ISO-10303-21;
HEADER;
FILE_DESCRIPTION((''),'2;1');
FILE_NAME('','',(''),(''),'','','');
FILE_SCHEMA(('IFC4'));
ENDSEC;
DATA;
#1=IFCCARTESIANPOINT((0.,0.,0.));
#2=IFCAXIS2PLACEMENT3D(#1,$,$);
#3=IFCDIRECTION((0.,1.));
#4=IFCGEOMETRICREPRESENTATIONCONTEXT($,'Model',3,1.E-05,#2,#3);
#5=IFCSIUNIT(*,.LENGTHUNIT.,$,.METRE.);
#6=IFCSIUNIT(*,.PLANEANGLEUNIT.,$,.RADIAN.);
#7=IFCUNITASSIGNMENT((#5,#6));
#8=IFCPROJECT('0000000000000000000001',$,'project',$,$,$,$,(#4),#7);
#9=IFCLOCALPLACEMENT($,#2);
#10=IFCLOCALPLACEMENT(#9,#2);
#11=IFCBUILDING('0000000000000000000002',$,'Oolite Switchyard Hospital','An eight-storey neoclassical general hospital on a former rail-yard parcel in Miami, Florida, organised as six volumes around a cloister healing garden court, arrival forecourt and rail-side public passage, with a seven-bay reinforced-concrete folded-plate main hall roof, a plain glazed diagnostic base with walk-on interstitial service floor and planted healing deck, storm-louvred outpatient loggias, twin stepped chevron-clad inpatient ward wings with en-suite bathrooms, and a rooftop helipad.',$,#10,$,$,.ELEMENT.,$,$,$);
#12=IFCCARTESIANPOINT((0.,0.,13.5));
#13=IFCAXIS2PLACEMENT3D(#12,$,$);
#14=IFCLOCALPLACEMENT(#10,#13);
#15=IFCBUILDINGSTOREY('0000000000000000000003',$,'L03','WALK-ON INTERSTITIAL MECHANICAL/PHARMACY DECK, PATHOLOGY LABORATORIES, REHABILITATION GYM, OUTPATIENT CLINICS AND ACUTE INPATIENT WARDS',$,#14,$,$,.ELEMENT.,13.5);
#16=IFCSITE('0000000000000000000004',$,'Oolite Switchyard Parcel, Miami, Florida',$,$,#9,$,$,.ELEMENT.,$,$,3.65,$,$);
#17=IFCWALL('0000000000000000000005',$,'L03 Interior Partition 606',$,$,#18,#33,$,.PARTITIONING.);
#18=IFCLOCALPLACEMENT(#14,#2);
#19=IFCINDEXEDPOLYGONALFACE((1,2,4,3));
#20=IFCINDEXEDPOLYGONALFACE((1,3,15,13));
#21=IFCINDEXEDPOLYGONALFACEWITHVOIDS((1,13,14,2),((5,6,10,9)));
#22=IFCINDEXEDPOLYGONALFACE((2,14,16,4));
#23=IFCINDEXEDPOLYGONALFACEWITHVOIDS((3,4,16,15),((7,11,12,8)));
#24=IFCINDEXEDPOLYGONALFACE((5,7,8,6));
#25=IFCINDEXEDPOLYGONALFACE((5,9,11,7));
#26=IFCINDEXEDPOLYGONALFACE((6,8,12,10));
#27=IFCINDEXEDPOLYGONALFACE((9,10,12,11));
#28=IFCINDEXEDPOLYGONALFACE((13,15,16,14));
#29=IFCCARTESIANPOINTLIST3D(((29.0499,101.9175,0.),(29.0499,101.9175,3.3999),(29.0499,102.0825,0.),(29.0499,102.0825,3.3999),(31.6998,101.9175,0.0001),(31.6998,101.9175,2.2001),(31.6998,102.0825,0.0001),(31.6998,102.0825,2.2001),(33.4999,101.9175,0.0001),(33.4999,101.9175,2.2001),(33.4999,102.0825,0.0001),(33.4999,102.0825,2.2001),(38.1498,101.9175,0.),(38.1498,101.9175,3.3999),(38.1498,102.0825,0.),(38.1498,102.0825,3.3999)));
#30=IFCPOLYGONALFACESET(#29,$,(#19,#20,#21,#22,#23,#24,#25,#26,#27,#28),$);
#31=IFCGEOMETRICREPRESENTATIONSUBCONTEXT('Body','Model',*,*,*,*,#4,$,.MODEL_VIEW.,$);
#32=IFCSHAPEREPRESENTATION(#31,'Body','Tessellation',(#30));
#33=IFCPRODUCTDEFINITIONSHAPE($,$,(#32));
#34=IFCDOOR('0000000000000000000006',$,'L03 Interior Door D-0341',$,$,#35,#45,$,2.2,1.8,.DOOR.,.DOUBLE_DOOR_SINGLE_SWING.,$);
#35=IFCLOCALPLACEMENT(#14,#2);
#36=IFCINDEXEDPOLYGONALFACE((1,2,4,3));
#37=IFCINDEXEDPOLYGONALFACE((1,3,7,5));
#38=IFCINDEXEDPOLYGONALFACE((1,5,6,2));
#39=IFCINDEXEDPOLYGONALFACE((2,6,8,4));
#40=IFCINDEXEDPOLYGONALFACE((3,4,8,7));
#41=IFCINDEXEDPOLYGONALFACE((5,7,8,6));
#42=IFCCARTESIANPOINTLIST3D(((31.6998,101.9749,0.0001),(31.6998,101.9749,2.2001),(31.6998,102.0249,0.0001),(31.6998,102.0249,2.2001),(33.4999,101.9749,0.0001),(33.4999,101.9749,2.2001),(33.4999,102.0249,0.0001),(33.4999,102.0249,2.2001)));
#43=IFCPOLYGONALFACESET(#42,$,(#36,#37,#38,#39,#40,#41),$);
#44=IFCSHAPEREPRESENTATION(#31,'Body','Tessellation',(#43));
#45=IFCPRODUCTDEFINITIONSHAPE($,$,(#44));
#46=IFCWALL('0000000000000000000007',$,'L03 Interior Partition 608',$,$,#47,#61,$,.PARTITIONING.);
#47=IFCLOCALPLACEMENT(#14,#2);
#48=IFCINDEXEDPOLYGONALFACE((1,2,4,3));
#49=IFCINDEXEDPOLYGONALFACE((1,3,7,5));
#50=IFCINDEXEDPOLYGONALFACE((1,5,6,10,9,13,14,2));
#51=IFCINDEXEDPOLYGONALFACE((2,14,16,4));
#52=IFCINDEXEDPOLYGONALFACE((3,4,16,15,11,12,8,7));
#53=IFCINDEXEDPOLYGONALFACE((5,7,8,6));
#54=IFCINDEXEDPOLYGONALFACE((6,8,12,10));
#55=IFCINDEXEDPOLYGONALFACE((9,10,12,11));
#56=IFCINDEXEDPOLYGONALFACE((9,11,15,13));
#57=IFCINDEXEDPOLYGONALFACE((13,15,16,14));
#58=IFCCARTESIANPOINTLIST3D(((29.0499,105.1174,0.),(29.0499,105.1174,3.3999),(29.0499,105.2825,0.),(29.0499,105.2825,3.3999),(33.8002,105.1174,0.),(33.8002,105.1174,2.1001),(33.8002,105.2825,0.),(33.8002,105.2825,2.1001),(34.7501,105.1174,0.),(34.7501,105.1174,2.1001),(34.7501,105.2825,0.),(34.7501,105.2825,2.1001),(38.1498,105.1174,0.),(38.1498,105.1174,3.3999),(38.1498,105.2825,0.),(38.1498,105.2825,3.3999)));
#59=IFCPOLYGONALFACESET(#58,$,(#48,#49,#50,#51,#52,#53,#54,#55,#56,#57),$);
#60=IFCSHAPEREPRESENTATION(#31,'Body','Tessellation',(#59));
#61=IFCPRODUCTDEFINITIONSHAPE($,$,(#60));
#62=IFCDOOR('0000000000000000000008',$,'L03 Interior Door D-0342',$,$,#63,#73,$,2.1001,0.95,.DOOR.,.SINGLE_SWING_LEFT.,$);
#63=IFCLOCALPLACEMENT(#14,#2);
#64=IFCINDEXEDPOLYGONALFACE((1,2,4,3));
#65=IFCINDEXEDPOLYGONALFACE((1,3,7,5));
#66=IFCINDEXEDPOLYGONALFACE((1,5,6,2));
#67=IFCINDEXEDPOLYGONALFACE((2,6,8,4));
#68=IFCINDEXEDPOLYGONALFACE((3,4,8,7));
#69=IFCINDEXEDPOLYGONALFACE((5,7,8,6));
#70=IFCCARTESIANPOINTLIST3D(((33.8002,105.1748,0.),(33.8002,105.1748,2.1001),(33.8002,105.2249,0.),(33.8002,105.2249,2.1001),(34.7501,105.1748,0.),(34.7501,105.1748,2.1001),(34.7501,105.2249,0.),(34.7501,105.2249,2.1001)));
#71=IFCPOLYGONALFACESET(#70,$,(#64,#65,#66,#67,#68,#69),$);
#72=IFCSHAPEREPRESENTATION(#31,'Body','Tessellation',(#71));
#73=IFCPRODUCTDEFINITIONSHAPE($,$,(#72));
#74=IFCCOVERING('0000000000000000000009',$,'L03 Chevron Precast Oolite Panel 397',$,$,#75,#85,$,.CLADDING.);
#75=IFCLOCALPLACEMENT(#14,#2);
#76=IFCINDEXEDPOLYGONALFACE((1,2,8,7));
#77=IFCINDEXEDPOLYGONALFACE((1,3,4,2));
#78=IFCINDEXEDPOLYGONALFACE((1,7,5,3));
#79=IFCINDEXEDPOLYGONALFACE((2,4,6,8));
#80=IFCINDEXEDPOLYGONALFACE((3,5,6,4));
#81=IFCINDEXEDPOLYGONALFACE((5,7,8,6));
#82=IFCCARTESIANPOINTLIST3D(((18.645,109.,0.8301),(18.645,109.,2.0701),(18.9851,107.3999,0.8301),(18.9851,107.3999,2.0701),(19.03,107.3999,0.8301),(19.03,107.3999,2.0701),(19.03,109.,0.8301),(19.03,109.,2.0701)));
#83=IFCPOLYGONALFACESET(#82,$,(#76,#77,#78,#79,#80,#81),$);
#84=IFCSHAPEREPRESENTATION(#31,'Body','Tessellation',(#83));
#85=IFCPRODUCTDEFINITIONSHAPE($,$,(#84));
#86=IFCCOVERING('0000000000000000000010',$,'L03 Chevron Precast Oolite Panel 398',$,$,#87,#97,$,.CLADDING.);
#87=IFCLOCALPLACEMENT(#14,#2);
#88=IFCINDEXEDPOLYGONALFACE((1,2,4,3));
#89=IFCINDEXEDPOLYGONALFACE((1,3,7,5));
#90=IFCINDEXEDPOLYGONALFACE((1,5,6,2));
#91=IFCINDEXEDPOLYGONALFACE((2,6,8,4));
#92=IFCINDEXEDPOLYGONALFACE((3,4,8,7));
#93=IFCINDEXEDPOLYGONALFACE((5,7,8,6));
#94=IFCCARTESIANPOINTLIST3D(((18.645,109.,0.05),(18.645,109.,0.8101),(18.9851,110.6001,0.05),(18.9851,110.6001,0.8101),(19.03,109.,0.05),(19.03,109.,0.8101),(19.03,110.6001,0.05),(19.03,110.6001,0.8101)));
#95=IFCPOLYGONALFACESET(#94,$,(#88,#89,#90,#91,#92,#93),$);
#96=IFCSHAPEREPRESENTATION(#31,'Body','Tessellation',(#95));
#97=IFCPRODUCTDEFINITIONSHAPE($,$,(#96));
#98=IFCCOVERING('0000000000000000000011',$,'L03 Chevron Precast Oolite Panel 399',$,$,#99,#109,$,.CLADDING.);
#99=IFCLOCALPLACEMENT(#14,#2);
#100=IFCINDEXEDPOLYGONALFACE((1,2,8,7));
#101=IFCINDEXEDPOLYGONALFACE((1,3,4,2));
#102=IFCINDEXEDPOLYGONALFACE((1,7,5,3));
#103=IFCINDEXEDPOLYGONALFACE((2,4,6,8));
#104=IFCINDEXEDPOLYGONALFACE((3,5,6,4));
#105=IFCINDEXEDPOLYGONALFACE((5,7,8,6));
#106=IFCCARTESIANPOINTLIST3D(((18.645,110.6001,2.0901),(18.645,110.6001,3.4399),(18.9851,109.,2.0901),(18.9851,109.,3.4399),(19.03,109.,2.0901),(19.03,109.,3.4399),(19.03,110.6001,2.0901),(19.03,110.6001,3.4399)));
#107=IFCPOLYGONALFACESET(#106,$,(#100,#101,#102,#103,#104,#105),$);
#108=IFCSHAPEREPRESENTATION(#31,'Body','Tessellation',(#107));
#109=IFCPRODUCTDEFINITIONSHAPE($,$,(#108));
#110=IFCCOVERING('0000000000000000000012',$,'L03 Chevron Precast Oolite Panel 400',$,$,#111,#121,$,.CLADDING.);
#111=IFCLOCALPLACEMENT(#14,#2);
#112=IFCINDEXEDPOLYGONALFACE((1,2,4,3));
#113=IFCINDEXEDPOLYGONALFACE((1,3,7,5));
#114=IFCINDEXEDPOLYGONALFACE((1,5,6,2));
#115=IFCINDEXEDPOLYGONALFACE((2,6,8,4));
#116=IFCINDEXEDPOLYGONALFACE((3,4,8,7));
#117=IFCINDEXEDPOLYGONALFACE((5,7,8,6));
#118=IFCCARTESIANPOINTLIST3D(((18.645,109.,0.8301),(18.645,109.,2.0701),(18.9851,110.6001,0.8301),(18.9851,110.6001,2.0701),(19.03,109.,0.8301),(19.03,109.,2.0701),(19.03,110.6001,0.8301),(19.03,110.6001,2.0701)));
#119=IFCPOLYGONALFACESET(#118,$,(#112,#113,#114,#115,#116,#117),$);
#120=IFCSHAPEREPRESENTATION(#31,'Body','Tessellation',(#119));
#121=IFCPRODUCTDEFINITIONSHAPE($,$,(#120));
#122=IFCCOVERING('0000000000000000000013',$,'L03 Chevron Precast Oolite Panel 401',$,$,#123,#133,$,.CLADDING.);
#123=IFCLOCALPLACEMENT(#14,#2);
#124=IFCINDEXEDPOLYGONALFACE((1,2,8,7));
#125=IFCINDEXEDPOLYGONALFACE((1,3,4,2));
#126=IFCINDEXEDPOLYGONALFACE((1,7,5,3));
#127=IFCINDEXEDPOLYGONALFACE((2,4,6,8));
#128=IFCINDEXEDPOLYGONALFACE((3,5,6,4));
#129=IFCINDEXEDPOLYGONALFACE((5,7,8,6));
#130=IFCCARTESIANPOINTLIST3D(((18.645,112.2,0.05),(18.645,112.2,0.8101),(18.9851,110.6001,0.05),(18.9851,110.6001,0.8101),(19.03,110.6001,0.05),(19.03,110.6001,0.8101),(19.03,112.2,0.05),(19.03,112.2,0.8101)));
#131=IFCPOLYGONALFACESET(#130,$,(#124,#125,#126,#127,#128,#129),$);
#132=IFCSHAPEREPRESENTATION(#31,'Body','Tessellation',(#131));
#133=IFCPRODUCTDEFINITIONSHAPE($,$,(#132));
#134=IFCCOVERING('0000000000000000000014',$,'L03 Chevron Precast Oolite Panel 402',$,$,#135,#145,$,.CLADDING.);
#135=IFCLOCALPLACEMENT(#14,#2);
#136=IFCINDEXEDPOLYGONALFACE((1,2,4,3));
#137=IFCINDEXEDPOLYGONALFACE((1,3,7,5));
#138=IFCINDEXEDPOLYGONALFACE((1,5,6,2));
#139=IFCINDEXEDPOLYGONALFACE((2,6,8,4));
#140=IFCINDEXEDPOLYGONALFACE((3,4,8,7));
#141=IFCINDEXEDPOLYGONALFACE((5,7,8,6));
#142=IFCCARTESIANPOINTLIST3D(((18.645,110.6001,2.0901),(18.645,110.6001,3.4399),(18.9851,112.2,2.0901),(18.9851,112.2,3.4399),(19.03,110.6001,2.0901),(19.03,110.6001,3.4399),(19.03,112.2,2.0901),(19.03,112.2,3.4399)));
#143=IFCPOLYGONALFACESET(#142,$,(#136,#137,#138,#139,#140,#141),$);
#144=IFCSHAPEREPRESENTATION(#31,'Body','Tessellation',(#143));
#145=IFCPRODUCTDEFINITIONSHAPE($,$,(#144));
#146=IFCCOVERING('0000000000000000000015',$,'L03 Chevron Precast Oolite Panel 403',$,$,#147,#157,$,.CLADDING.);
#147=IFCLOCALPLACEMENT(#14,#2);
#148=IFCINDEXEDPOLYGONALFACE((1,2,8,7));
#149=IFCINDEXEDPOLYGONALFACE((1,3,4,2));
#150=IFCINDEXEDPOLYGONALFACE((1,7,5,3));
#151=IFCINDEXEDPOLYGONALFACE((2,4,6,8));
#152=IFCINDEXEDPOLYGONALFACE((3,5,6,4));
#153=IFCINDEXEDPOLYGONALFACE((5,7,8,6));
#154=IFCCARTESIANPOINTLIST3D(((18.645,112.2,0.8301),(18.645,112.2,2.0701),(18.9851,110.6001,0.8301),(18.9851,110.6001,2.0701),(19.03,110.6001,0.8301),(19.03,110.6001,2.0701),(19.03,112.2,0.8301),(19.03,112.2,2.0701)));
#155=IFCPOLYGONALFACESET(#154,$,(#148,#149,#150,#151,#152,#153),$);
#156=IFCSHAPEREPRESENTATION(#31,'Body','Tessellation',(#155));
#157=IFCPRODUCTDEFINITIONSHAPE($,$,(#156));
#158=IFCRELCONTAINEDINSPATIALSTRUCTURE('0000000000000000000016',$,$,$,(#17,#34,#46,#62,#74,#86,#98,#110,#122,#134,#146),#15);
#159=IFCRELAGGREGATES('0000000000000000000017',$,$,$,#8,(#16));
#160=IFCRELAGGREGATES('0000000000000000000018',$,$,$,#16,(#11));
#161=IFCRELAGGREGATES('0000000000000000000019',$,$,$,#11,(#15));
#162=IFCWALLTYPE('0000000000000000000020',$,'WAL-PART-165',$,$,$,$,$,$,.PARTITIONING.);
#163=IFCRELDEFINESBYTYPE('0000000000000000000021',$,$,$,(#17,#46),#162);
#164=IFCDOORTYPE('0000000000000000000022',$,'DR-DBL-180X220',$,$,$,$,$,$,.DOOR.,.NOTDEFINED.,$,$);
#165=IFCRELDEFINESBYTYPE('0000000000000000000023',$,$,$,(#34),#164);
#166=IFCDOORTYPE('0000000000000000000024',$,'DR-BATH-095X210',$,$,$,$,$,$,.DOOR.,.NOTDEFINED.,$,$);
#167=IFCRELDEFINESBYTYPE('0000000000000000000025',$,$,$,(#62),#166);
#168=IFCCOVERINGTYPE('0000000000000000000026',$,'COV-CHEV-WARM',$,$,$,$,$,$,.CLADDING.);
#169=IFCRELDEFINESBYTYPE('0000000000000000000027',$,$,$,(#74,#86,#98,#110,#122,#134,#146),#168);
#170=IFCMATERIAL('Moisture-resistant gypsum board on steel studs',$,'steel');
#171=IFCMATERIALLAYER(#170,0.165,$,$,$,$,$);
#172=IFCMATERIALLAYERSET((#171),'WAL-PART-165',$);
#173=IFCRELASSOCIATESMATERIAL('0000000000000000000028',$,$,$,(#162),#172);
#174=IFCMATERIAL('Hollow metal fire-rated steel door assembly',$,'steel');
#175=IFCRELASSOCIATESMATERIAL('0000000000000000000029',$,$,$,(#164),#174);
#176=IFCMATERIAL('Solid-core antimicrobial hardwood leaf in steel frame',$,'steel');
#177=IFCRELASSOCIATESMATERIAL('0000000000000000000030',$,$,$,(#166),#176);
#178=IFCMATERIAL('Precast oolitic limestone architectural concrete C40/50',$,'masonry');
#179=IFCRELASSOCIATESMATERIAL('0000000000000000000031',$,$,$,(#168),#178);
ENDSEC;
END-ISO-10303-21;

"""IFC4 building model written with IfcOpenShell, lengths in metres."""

from ifc_helpers import new_model, si_unit, direction, frame, frame_2d, origin, place, context, subcontext, project, spatial, polyline, rectangle, outline, extrude, material, layer, layer_set, type_object, element, fill, save


model = new_model("IFC4")

# Units and contexts
model_context = context("Model", 3, precision=1e-05, world=origin(), true_north=direction((0.0, 1.0)))
body_context = subcontext(model_context, "Body", "Model", "MODEL_VIEW")
ifc_project = project(units=[si_unit("LENGTHUNIT", "METRE"), si_unit("PLANEANGLEUNIT", "RADIAN")], contexts=[model_context])

# Site, building, storey
site_placement = place(None, origin())
site = spatial("IfcSite", under=ifc_project, at=site_placement, Name="Oolite Switchyard Parcel, Miami, Florida", CompositionType="ELEMENT", RefElevation=3.65)
building_placement = place(site_placement, origin())
building = spatial("IfcBuilding", under=site, at=building_placement, Name="Oolite Switchyard Hospital", Description="An eight-storey neoclassical general hospital on a former rail-yard parcel in Miami, Florida, organised as six volumes around a cloister healing garden court, arrival forecourt and rail-side public passage, with a seven-bay reinforced-concrete folded-plate main hall roof, a plain glazed diagnostic base with walk-on interstitial service floor and planted healing deck, storm-louvred outpatient loggias, twin stepped chevron-clad inpatient ward wings with en-suite bathrooms, and a rooftop helipad.", CompositionType="ELEMENT")
storey_placement = place(building_placement, frame((0.0, 0.0, 13.5)))
storey = spatial("IfcBuildingStorey", under=building, at=storey_placement, Name="L03", Description="WALK-ON INTERSTITIAL MECHANICAL/PHARMACY DECK, PATHOLOGY LABORATORIES, REHABILITATION GYM, OUTPATIENT CLINICS AND ACUTE INPATIENT WARDS", CompositionType="ELEMENT", Elevation=13.5)

# Shared definitions
ifc_material_1 = material(Name="Moisture-resistant gypsum board on steel studs", Category="steel")

# Walls, openings, doors
ifc_layer_1 = layer(ifc_material_1, 0.165)
ifc_layer_set_1 = layer_set([ifc_layer_1], Name="WAL-PART-165")
wall_type_1 = type_object("IfcWallType", Name="WAL-PART-165", PredefinedType="PARTITIONING", material=ifc_layer_set_1)
ifc_material_2 = material(Name="Hollow metal fire-rated steel door assembly", Category="steel")
ifc_material_3 = material(Name="Solid-core antimicrobial hardwood leaf in steel frame", Category="steel")
wall_1_placement = place(storey_placement, frame((29.05, 102.0, 0.0), z_axis=(0.0, 0.0, 1.0), x_axis=(1.0, 0.0, 0.0)))
wall_1 = element("IfcWall", 1, at=wall_1_placement, inside=storey, type_object=wall_type_1, Name="L03 Interior Partition 606", PredefinedType="PARTITIONING", context=body_context, shape_type="SweptSolid", body=[
    extrude(rectangle(XDim=9.0999, YDim=0.165, at=frame_2d((4.5498, 0.0))), origin(), (0.0, 0.0, 1.0), 3.3999),
])
opening_1_placement = place(wall_1_placement, frame((2.6499, 0.0, 0.0)))
opening_1 = element("IfcOpeningElement", 2, at=opening_1_placement, cuts=wall_1, PredefinedType="OPENING", context=body_context, shape_type="SweptSolid", body=[
    extrude(rectangle(XDim=1.8, YDim=2.2, at=frame_2d((0.8999, 1.1001))), frame((0.0, 0.0925, 0.0), z_axis=(0.0, -1.0, 0.0), x_axis=(1.0, 0.0, 0.0)), (0.0, 0.0, 1.0), 0.1851),
])
door_type_1 = type_object("IfcDoorType", Name="DR-DBL-180X220", OperationType="NOTDEFINED", PredefinedType="DOOR", material=ifc_material_2)
door_1_placement = place(opening_1_placement, origin())
door_1 = element("IfcDoor", 3, at=door_1_placement, inside=storey, type_object=door_type_1, Name="L03 Interior Door D-0341", OperationType="DOUBLE_DOOR_SINGLE_SWING", OverallHeight=2.2, OverallWidth=1.8, PredefinedType="DOOR", context=body_context, shape_type="SweptSolid", body=[
    extrude(rectangle(XDim=1.8, YDim=2.2, at=frame_2d((0.8999, 1.1001))), frame((0.0, 0.0249, 0.0), z_axis=(0.0, -1.0, 0.0), x_axis=(1.0, 0.0, 0.0)), (0.0, 0.0, 1.0), 0.05),
])
fill(opening_1, door_1)
wall_2_placement = place(storey_placement, frame((29.05, 105.2, 0.0), z_axis=(0.0, 0.0, 1.0), x_axis=(1.0, 0.0, 0.0)))
wall_2 = element("IfcWall", 4, at=wall_2_placement, inside=storey, type_object=wall_type_1, Name="L03 Interior Partition 608", PredefinedType="PARTITIONING", context=body_context, shape_type="SweptSolid", body=[
    extrude(rectangle(XDim=9.0999, YDim=0.165, at=frame_2d((4.5498, 0.0))), origin(), (0.0, 0.0, 1.0), 3.3999),
])
opening_2_placement = place(wall_2_placement, frame((4.75, 0.0, 0.0)))
opening_2 = element("IfcOpeningElement", 5, at=opening_2_placement, cuts=wall_2, PredefinedType="OPENING", context=body_context, shape_type="SweptSolid", body=[
    extrude(rectangle(XDim=0.95, YDim=2.1001, at=frame_2d((0.4751, 1.05))), frame((0.0, 0.0925, 0.0), z_axis=(0.0, -1.0, 0.0), x_axis=(1.0, 0.0, 0.0)), (0.0, 0.0, 1.0), 0.1851),
])
door_type_2 = type_object("IfcDoorType", Name="DR-BATH-095X210", OperationType="NOTDEFINED", PredefinedType="DOOR", material=ifc_material_3)
door_2_placement = place(opening_2_placement, origin())
door_2 = element("IfcDoor", 6, at=door_2_placement, inside=storey, type_object=door_type_2, Name="L03 Interior Door D-0342", OperationType="SINGLE_SWING_LEFT", OverallHeight=2.1001, OverallWidth=0.95, PredefinedType="DOOR", context=body_context, shape_type="SweptSolid", body=[
    extrude(rectangle(XDim=0.95, YDim=2.1001, at=frame_2d((0.4751, 1.05))), frame((0.0, 0.0249, 0.0), z_axis=(0.0, -1.0, 0.0), x_axis=(1.0, 0.0, 0.0)), (0.0, 0.0, 1.0), 0.05),
])
fill(opening_2, door_2)

# Coverings
ifc_material_4 = material(Name="Precast oolitic limestone architectural concrete C40/50", Category="masonry")
covering_type = type_object("IfcCoveringType", Name="COV-CHEV-WARM", PredefinedType="CLADDING", material=ifc_material_4)
covering_1_placement = place(storey_placement, frame((19.03, 107.3999, 0.8301), z_axis=(0.0, 0.0, 1.0), x_axis=(0.0, 1.0, 0.0)))
element("IfcCovering", 7, at=covering_1_placement, inside=storey, type_object=covering_type, Name="L03 Chevron Precast Oolite Panel 397", PredefinedType="CLADDING", context=body_context, shape_type="SweptSolid", body=[
    extrude(outline(polyline([(0.0, 0.0), (1.6001, 0.0), (1.6001, 0.385), (0.0, 0.0449), (0.0, 0.0)])), origin(), (0.0, 0.0, 1.0), 1.24),
])
covering_2_placement = place(storey_placement, frame((19.03, 109.0, 0.05), z_axis=(0.0, 0.0, 1.0), x_axis=(0.0, 1.0, 0.0)))
element("IfcCovering", 8, at=covering_2_placement, inside=storey, type_object=covering_type, Name="L03 Chevron Precast Oolite Panel 398", PredefinedType="CLADDING", context=body_context, shape_type="SweptSolid", body=[
    extrude(outline(polyline([(0.0, 0.0), (1.6001, 0.0), (1.6001, 0.0449), (0.0, 0.385), (0.0, 0.0)])), origin(), (0.0, 0.0, 1.0), 0.76),
])
covering_3_placement = place(storey_placement, frame((19.03, 109.0, 2.0901), z_axis=(0.0, 0.0, 1.0), x_axis=(0.0, 1.0, 0.0)))
element("IfcCovering", 9, at=covering_3_placement, inside=storey, type_object=covering_type, Name="L03 Chevron Precast Oolite Panel 399", PredefinedType="CLADDING", context=body_context, shape_type="SweptSolid", body=[
    extrude(outline(polyline([(0.0, 0.0), (1.6001, 0.0), (1.6001, 0.385), (0.0, 0.0449), (0.0, 0.0)])), origin(), (0.0, 0.0, 1.0), 1.3499),
])
covering_4_placement = place(storey_placement, frame((19.03, 109.0, 0.8301), z_axis=(0.0, 0.0, 1.0), x_axis=(0.0, 1.0, 0.0)))
element("IfcCovering", 10, at=covering_4_placement, inside=storey, type_object=covering_type, Name="L03 Chevron Precast Oolite Panel 400", PredefinedType="CLADDING", context=body_context, shape_type="SweptSolid", body=[
    extrude(outline(polyline([(0.0, 0.0), (1.6001, 0.0), (1.6001, 0.0449), (0.0, 0.385), (0.0, 0.0)])), origin(), (0.0, 0.0, 1.0), 1.24),
])
covering_5_placement = place(storey_placement, frame((19.03, 110.6001, 0.05), z_axis=(0.0, 0.0, 1.0), x_axis=(0.0, 1.0, 0.0)))
element("IfcCovering", 11, at=covering_5_placement, inside=storey, type_object=covering_type, Name="L03 Chevron Precast Oolite Panel 401", PredefinedType="CLADDING", context=body_context, shape_type="SweptSolid", body=[
    extrude(outline(polyline([(0.0, 0.0), (1.5999, 0.0), (1.5999, 0.385), (0.0, 0.0449), (0.0, 0.0)])), origin(), (0.0, 0.0, 1.0), 0.76),
])
covering_6_placement = place(storey_placement, frame((19.03, 110.6001, 2.0901), z_axis=(0.0, 0.0, 1.0), x_axis=(0.0, 1.0, 0.0)))
element("IfcCovering", 12, at=covering_6_placement, inside=storey, type_object=covering_type, Name="L03 Chevron Precast Oolite Panel 402", PredefinedType="CLADDING", context=body_context, shape_type="SweptSolid", body=[
    extrude(outline(polyline([(0.0, 0.0), (1.5999, 0.0), (1.5999, 0.0449), (0.0, 0.385), (0.0, 0.0)])), origin(), (0.0, 0.0, 1.0), 1.3499),
])
covering_7_placement = place(storey_placement, frame((19.03, 110.6001, 0.8301), z_axis=(0.0, 0.0, 1.0), x_axis=(0.0, 1.0, 0.0)))
element("IfcCovering", 13, at=covering_7_placement, inside=storey, type_object=covering_type, Name="L03 Chevron Precast Oolite Panel 403", PredefinedType="CLADDING", context=body_context, shape_type="SweptSolid", body=[
    extrude(outline(polyline([(0.0, 0.0), (1.5999, 0.0), (1.5999, 0.385), (0.0, 0.0449), (0.0, 0.0)])), origin(), (0.0, 0.0, 1.0), 1.24),
])

save(model, "model.ifc")
